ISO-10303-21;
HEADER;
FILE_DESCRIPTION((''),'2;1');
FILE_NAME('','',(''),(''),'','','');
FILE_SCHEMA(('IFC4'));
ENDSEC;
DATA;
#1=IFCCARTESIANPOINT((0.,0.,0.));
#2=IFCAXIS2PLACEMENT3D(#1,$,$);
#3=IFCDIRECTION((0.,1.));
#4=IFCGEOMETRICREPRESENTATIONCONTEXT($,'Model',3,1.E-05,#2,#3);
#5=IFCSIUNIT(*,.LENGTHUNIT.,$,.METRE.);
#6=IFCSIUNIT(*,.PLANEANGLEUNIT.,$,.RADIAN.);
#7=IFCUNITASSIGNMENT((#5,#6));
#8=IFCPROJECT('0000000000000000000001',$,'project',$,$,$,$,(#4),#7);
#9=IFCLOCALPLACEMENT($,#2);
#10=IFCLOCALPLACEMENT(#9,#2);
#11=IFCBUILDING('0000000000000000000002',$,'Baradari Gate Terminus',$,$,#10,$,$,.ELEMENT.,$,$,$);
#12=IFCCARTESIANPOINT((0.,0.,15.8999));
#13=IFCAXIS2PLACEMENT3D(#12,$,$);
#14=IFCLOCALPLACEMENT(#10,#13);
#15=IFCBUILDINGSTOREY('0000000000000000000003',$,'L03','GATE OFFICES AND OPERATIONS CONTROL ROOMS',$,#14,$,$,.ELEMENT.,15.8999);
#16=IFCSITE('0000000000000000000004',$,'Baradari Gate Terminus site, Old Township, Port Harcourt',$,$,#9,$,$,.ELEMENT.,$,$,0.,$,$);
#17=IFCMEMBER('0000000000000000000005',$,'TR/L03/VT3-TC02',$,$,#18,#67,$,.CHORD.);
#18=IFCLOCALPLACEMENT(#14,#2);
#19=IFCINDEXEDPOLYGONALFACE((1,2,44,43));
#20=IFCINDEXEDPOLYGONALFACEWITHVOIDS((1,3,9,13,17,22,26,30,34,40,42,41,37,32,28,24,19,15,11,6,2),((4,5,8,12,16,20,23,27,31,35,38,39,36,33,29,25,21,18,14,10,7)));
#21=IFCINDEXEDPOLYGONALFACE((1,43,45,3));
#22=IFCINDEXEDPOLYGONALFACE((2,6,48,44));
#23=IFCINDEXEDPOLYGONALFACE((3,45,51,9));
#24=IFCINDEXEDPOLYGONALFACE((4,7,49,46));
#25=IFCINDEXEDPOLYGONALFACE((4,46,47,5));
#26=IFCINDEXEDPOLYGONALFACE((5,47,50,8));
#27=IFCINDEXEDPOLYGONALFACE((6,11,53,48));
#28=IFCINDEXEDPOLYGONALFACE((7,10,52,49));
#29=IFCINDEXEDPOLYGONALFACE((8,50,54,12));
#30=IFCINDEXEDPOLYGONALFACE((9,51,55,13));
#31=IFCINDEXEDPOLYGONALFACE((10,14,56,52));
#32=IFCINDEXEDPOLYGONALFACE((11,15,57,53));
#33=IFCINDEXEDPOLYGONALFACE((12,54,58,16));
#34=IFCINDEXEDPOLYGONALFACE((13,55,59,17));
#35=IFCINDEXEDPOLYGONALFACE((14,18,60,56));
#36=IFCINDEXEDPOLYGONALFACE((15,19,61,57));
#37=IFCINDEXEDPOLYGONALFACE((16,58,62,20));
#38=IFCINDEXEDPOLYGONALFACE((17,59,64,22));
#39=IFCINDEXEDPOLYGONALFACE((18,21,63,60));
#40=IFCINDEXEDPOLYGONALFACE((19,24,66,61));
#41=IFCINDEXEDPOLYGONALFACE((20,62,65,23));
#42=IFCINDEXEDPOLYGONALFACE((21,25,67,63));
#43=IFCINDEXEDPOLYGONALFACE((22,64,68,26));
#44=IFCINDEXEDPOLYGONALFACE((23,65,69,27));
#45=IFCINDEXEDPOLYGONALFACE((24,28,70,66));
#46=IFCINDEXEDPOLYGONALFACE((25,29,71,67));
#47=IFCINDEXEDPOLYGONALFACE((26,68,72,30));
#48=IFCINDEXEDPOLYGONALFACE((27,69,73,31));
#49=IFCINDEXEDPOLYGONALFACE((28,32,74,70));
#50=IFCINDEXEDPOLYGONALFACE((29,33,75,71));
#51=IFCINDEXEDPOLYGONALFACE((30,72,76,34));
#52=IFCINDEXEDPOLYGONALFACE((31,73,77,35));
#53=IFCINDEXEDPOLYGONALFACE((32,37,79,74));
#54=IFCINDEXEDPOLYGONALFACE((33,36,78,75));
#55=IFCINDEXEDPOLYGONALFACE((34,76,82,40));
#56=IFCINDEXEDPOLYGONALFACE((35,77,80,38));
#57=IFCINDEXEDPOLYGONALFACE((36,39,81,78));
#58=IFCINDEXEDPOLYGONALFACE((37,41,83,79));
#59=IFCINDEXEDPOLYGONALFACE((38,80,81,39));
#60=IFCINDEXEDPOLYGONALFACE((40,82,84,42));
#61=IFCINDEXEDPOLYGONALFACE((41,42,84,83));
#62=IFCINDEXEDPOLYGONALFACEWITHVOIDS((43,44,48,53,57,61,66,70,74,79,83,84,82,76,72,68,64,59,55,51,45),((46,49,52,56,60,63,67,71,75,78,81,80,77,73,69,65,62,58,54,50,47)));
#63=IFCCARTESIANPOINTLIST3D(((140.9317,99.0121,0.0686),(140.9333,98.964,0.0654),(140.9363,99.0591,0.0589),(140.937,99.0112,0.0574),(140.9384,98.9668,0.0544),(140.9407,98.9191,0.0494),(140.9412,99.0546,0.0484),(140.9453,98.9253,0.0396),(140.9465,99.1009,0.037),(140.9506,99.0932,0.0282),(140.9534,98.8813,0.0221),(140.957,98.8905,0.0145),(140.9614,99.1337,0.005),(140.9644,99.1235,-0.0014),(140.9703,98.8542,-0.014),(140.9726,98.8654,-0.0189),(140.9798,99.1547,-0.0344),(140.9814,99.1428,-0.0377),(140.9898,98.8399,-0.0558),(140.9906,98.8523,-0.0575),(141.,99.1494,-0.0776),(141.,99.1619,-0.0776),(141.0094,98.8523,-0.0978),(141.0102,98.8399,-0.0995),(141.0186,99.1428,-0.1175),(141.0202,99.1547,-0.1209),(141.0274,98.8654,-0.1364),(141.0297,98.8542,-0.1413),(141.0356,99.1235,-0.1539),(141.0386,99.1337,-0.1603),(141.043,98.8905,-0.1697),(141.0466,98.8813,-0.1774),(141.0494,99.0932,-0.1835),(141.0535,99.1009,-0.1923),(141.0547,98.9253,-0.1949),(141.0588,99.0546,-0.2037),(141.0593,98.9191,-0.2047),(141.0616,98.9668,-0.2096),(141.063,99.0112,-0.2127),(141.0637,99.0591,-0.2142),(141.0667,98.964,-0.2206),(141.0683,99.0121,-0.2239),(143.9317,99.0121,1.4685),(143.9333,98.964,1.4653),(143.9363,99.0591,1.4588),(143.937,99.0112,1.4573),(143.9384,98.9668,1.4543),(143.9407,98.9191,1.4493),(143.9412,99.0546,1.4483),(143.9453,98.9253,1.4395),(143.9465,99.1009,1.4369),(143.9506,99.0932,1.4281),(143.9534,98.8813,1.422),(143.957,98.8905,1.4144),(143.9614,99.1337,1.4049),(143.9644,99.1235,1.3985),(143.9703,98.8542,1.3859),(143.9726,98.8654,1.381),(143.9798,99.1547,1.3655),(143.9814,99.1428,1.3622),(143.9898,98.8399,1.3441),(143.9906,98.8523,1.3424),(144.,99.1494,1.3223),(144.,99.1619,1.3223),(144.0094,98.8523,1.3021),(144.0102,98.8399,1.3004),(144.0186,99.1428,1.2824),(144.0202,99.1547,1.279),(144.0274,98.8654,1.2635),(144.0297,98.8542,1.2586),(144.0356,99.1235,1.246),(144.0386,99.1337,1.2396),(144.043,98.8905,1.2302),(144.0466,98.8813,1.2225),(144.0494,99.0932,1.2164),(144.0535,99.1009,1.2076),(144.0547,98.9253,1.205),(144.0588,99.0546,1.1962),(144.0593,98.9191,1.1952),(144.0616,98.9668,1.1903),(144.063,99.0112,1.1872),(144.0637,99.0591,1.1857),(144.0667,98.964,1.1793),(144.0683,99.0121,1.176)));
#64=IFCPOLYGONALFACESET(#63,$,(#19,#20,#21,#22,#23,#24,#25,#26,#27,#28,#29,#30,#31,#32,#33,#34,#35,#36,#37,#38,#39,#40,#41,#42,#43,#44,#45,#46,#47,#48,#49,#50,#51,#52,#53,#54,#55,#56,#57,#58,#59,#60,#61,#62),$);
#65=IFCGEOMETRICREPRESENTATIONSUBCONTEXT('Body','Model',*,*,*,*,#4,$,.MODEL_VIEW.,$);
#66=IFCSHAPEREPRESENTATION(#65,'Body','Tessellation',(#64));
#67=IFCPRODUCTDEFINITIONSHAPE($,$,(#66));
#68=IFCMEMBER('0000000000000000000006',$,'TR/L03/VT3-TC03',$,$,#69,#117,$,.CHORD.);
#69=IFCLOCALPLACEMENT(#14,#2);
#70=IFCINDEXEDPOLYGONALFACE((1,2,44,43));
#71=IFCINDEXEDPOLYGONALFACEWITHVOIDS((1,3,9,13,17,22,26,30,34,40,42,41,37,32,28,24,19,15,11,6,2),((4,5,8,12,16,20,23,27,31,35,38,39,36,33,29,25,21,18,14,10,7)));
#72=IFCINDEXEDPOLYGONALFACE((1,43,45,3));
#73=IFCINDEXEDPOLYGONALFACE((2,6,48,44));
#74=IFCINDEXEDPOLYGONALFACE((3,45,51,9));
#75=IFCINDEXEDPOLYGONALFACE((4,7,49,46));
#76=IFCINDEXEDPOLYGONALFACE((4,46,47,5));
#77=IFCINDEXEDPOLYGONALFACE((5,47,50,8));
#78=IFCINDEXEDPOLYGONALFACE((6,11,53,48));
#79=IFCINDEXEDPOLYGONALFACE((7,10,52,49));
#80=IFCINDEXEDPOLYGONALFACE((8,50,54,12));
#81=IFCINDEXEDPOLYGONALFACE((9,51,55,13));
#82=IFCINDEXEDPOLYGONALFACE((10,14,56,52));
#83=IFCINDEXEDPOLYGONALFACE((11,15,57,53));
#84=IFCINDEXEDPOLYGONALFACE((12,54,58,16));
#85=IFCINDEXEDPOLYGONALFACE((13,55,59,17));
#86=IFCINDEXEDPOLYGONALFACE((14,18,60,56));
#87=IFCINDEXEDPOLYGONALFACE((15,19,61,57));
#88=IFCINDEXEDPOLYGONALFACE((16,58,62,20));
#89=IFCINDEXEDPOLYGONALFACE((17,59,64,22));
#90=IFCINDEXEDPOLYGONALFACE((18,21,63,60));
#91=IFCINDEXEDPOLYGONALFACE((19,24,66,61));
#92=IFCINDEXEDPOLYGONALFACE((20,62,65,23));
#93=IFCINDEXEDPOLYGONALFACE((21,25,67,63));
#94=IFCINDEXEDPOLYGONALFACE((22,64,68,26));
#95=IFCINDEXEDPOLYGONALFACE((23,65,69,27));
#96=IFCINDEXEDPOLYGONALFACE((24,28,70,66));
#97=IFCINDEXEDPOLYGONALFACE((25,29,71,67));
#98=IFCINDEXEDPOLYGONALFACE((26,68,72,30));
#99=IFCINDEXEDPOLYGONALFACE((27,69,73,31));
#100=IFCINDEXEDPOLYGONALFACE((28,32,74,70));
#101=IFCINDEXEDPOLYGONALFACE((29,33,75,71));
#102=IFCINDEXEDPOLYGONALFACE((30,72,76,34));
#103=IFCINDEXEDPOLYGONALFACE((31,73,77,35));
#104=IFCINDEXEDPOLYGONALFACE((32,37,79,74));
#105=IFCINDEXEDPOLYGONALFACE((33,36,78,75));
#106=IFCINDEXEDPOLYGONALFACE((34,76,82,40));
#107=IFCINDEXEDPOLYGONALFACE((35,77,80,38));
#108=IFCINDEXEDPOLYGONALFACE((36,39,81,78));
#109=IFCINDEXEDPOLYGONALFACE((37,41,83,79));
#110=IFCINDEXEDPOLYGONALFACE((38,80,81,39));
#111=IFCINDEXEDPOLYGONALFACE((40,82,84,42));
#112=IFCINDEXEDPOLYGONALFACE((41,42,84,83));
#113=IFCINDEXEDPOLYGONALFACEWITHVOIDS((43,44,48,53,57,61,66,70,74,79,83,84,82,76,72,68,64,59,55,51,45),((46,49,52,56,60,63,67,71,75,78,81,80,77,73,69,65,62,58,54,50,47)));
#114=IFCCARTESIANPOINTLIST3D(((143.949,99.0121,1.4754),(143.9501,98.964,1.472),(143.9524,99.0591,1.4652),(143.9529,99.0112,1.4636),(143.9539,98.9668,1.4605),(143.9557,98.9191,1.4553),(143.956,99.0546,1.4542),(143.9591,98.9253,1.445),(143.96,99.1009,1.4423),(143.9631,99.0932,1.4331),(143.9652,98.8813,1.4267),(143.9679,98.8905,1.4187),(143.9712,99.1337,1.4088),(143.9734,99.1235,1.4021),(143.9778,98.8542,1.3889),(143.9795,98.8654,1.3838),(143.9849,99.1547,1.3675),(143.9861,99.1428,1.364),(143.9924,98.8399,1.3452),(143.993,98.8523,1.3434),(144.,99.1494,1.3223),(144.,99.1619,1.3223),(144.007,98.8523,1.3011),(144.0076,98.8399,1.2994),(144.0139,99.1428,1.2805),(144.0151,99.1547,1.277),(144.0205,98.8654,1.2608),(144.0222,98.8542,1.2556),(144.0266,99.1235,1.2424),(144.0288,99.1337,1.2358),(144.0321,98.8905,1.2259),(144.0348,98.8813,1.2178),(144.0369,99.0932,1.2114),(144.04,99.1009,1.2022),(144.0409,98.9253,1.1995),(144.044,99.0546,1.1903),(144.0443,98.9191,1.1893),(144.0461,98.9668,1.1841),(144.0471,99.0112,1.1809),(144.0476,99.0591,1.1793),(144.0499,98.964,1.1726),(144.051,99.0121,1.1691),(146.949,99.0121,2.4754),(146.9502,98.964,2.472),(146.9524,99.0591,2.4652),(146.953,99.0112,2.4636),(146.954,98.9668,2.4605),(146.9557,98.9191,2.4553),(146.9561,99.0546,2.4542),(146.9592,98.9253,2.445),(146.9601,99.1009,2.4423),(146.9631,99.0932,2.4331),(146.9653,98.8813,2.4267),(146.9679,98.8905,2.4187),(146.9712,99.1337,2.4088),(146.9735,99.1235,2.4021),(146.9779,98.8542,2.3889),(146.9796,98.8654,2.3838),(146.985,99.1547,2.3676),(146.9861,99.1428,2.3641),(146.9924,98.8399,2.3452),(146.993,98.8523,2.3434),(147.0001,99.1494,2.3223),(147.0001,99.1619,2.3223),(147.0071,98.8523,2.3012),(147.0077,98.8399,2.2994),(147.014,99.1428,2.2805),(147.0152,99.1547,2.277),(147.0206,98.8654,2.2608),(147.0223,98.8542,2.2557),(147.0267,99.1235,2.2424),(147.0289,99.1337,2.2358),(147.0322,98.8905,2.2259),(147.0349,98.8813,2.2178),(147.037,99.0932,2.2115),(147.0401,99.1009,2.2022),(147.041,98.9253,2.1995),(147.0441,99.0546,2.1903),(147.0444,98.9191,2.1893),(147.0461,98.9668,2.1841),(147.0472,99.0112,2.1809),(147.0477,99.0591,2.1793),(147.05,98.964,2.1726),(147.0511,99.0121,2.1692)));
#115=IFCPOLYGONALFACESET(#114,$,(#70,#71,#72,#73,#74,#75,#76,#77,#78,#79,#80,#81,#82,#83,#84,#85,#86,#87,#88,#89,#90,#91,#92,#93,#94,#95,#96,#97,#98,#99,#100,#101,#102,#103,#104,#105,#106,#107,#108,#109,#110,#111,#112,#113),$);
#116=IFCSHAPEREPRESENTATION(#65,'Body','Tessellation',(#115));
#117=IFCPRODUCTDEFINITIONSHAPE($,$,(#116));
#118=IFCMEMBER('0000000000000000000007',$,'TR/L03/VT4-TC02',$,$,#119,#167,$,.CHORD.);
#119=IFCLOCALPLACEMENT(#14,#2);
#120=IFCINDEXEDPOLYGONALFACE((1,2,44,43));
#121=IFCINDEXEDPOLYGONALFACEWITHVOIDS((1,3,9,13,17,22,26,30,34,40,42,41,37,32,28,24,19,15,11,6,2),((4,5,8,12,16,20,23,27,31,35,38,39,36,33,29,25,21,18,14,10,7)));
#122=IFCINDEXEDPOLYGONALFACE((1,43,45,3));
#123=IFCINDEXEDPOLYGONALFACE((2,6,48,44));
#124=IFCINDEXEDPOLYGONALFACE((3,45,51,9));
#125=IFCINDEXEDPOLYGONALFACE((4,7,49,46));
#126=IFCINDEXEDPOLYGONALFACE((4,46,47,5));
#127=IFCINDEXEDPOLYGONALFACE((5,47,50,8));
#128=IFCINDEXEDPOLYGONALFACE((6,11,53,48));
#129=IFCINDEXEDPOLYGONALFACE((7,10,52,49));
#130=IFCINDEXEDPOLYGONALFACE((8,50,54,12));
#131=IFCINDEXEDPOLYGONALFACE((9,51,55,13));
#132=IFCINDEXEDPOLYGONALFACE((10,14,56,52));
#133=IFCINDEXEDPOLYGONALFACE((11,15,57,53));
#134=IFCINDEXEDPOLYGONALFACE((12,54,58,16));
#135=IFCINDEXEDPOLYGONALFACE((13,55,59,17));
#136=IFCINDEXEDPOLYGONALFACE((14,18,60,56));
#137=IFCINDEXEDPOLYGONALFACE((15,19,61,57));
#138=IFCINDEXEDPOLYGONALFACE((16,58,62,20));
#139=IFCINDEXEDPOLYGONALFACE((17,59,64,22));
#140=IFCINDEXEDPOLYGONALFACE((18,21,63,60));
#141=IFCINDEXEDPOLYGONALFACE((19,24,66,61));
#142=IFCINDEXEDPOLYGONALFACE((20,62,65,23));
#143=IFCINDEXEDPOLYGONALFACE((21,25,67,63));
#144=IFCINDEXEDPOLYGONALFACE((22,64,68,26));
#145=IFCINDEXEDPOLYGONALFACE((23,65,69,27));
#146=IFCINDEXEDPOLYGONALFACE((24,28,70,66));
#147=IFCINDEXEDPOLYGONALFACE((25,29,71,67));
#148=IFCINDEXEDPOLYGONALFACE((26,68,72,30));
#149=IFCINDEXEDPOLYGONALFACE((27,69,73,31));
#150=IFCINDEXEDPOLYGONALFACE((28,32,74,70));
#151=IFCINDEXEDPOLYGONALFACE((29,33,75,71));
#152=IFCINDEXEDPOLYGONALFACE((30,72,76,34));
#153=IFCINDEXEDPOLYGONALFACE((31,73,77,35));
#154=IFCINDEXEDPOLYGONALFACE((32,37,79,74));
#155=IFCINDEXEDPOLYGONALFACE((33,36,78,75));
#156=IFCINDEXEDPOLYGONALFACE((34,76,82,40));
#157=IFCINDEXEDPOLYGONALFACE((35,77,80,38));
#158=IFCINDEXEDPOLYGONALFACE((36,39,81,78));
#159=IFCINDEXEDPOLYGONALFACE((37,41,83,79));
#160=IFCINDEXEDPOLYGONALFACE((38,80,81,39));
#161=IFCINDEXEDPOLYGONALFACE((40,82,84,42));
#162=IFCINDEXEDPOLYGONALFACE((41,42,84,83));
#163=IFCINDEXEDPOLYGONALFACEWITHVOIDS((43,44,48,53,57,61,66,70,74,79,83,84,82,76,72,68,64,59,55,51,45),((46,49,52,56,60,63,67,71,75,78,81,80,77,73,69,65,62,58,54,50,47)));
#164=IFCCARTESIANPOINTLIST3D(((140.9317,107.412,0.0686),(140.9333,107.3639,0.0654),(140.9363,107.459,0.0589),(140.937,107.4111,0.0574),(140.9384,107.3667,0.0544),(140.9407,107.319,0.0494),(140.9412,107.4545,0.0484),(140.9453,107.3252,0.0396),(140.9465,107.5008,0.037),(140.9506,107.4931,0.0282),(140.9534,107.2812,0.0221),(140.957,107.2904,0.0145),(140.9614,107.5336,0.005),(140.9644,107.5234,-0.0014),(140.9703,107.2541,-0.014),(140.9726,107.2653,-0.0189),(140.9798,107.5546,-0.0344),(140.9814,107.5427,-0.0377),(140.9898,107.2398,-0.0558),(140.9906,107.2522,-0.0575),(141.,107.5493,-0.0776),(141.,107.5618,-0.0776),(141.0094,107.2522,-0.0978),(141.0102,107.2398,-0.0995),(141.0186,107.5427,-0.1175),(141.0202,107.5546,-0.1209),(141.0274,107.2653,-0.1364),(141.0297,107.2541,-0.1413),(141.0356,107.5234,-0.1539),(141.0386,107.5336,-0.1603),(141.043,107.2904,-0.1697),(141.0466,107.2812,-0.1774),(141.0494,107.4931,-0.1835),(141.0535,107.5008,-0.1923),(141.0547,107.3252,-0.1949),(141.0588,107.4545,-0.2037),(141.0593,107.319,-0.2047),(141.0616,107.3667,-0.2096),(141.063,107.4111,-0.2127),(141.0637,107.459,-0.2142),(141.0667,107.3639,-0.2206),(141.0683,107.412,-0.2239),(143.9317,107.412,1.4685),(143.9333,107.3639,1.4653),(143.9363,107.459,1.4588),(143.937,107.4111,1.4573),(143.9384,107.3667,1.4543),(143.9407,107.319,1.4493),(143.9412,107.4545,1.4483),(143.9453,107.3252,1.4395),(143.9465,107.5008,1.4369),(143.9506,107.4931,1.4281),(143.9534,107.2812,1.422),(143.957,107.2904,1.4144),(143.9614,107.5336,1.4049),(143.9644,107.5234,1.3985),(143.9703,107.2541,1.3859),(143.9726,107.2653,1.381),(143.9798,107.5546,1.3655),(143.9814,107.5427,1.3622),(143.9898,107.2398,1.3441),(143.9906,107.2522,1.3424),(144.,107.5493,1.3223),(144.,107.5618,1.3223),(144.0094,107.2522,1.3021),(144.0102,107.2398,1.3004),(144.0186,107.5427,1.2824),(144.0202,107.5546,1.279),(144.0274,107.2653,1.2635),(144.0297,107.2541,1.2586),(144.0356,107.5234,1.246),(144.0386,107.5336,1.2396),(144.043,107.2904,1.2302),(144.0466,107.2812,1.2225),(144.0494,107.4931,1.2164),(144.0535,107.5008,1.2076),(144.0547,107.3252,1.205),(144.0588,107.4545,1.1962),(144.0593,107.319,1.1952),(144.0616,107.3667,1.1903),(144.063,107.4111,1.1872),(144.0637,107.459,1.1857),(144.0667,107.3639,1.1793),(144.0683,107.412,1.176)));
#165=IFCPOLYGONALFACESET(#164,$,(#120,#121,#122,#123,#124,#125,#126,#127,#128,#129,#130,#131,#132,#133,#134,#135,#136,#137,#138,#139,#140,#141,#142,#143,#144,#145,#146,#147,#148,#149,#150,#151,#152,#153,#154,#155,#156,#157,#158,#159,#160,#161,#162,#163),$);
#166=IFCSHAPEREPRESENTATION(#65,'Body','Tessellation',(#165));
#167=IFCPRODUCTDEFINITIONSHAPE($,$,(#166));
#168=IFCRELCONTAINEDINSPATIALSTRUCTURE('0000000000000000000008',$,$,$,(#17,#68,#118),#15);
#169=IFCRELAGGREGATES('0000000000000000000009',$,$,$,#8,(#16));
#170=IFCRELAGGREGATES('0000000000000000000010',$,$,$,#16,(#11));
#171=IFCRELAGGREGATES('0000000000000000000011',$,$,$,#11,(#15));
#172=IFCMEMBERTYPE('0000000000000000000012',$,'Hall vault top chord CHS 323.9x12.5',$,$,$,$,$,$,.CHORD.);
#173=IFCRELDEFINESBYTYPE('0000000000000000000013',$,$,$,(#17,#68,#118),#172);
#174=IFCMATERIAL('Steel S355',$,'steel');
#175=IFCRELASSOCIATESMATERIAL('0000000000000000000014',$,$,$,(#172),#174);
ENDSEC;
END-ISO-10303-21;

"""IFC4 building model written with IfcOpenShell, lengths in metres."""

from ifc_helpers import new_model, si_unit, direction, frame, origin, origin_2d, place, context, subcontext, project, spatial, hollow_circle, extrude, material, material_profile, profile_set, type_object, element, save


model = new_model("IFC4")

# Units and contexts
model_context = context("Model", 3, precision=1e-05, world=origin(), true_north=direction((0.0, 1.0)))
body_context = subcontext(model_context, "Body", "Model", "MODEL_VIEW")
ifc_project = project(units=[si_unit("LENGTHUNIT", "METRE"), si_unit("PLANEANGLEUNIT", "RADIAN")], contexts=[model_context])

# Site, building, storey
site_placement = place(None, origin())
site = spatial("IfcSite", under=ifc_project, at=site_placement, Name="Baradari Gate Terminus site, Old Township, Port Harcourt", CompositionType="ELEMENT", RefElevation=0.0)
building_placement = place(site_placement, origin())
building = spatial("IfcBuilding", under=site, at=building_placement, Name="Baradari Gate Terminus", CompositionType="ELEMENT")
storey_placement = place(building_placement, frame((0.0, 0.0, 15.8999)))
storey = spatial("IfcBuildingStorey", under=building, at=storey_placement, Name="L03", Description="GATE OFFICES AND OPERATIONS CONTROL ROOMS", CompositionType="ELEMENT", Elevation=15.8999)

# Members
ifc_material_1 = material(Name="Steel S355", Category="steel")
ifc_material_profile_1 = material_profile(ifc_material_1, hollow_circle(Radius=0.1619, WallThickness=0.0125, at=origin_2d()), Name="CHS 323.9x12.5")
ifc_profile_set_1 = profile_set([ifc_material_profile_1], Name="Steel S355")
member_type_1 = type_object("IfcMemberType", Name="Hall vault top chord CHS 323.9x12.5", PredefinedType="CHORD", material=ifc_profile_set_1)
member_1_placement = place(storey_placement, frame((141.0, 99.0, -0.0776), z_axis=(0.906194, 0.0, 0.422861), x_axis=(0.0, 1.0, 0.0)))
element("IfcMember", 1, at=member_1_placement, inside=storey, type_object=member_type_1, Name="TR/L03/VT3-TC02", PredefinedType="CHORD", context=body_context, shape_type="SweptSolid", body=[
    extrude(hollow_circle(Radius=0.1619, WallThickness=0.0125, at=origin_2d()), origin(), (0.0, 0.0, 1.0), 3.3105),
])
member_2_placement = place(storey_placement, frame((144.0, 99.0, 1.3223), z_axis=(0.948683, 0.0, 0.316228), x_axis=(0.0, 1.0, 0.0)))
element("IfcMember", 2, at=member_2_placement, inside=storey, type_object=member_type_1, Name="TR/L03/VT3-TC03", PredefinedType="CHORD", context=body_context, shape_type="SweptSolid", body=[
    extrude(hollow_circle(Radius=0.1619, WallThickness=0.0125, at=origin_2d()), origin(), (0.0, 0.0, 1.0), 3.1624),
])
member_3_placement = place(storey_placement, frame((141.0, 107.3999, -0.0776), z_axis=(0.906194, 0.0, 0.422861), x_axis=(0.0, 1.0, 0.0)))
element("IfcMember", 3, at=member_3_placement, inside=storey, type_object=member_type_1, Name="TR/L03/VT4-TC02", PredefinedType="CHORD", context=body_context, shape_type="SweptSolid", body=[
    extrude(hollow_circle(Radius=0.1619, WallThickness=0.0125, at=origin_2d()), origin(), (0.0, 0.0, 1.0), 3.3105),
])

save(model, "model.ifc")
